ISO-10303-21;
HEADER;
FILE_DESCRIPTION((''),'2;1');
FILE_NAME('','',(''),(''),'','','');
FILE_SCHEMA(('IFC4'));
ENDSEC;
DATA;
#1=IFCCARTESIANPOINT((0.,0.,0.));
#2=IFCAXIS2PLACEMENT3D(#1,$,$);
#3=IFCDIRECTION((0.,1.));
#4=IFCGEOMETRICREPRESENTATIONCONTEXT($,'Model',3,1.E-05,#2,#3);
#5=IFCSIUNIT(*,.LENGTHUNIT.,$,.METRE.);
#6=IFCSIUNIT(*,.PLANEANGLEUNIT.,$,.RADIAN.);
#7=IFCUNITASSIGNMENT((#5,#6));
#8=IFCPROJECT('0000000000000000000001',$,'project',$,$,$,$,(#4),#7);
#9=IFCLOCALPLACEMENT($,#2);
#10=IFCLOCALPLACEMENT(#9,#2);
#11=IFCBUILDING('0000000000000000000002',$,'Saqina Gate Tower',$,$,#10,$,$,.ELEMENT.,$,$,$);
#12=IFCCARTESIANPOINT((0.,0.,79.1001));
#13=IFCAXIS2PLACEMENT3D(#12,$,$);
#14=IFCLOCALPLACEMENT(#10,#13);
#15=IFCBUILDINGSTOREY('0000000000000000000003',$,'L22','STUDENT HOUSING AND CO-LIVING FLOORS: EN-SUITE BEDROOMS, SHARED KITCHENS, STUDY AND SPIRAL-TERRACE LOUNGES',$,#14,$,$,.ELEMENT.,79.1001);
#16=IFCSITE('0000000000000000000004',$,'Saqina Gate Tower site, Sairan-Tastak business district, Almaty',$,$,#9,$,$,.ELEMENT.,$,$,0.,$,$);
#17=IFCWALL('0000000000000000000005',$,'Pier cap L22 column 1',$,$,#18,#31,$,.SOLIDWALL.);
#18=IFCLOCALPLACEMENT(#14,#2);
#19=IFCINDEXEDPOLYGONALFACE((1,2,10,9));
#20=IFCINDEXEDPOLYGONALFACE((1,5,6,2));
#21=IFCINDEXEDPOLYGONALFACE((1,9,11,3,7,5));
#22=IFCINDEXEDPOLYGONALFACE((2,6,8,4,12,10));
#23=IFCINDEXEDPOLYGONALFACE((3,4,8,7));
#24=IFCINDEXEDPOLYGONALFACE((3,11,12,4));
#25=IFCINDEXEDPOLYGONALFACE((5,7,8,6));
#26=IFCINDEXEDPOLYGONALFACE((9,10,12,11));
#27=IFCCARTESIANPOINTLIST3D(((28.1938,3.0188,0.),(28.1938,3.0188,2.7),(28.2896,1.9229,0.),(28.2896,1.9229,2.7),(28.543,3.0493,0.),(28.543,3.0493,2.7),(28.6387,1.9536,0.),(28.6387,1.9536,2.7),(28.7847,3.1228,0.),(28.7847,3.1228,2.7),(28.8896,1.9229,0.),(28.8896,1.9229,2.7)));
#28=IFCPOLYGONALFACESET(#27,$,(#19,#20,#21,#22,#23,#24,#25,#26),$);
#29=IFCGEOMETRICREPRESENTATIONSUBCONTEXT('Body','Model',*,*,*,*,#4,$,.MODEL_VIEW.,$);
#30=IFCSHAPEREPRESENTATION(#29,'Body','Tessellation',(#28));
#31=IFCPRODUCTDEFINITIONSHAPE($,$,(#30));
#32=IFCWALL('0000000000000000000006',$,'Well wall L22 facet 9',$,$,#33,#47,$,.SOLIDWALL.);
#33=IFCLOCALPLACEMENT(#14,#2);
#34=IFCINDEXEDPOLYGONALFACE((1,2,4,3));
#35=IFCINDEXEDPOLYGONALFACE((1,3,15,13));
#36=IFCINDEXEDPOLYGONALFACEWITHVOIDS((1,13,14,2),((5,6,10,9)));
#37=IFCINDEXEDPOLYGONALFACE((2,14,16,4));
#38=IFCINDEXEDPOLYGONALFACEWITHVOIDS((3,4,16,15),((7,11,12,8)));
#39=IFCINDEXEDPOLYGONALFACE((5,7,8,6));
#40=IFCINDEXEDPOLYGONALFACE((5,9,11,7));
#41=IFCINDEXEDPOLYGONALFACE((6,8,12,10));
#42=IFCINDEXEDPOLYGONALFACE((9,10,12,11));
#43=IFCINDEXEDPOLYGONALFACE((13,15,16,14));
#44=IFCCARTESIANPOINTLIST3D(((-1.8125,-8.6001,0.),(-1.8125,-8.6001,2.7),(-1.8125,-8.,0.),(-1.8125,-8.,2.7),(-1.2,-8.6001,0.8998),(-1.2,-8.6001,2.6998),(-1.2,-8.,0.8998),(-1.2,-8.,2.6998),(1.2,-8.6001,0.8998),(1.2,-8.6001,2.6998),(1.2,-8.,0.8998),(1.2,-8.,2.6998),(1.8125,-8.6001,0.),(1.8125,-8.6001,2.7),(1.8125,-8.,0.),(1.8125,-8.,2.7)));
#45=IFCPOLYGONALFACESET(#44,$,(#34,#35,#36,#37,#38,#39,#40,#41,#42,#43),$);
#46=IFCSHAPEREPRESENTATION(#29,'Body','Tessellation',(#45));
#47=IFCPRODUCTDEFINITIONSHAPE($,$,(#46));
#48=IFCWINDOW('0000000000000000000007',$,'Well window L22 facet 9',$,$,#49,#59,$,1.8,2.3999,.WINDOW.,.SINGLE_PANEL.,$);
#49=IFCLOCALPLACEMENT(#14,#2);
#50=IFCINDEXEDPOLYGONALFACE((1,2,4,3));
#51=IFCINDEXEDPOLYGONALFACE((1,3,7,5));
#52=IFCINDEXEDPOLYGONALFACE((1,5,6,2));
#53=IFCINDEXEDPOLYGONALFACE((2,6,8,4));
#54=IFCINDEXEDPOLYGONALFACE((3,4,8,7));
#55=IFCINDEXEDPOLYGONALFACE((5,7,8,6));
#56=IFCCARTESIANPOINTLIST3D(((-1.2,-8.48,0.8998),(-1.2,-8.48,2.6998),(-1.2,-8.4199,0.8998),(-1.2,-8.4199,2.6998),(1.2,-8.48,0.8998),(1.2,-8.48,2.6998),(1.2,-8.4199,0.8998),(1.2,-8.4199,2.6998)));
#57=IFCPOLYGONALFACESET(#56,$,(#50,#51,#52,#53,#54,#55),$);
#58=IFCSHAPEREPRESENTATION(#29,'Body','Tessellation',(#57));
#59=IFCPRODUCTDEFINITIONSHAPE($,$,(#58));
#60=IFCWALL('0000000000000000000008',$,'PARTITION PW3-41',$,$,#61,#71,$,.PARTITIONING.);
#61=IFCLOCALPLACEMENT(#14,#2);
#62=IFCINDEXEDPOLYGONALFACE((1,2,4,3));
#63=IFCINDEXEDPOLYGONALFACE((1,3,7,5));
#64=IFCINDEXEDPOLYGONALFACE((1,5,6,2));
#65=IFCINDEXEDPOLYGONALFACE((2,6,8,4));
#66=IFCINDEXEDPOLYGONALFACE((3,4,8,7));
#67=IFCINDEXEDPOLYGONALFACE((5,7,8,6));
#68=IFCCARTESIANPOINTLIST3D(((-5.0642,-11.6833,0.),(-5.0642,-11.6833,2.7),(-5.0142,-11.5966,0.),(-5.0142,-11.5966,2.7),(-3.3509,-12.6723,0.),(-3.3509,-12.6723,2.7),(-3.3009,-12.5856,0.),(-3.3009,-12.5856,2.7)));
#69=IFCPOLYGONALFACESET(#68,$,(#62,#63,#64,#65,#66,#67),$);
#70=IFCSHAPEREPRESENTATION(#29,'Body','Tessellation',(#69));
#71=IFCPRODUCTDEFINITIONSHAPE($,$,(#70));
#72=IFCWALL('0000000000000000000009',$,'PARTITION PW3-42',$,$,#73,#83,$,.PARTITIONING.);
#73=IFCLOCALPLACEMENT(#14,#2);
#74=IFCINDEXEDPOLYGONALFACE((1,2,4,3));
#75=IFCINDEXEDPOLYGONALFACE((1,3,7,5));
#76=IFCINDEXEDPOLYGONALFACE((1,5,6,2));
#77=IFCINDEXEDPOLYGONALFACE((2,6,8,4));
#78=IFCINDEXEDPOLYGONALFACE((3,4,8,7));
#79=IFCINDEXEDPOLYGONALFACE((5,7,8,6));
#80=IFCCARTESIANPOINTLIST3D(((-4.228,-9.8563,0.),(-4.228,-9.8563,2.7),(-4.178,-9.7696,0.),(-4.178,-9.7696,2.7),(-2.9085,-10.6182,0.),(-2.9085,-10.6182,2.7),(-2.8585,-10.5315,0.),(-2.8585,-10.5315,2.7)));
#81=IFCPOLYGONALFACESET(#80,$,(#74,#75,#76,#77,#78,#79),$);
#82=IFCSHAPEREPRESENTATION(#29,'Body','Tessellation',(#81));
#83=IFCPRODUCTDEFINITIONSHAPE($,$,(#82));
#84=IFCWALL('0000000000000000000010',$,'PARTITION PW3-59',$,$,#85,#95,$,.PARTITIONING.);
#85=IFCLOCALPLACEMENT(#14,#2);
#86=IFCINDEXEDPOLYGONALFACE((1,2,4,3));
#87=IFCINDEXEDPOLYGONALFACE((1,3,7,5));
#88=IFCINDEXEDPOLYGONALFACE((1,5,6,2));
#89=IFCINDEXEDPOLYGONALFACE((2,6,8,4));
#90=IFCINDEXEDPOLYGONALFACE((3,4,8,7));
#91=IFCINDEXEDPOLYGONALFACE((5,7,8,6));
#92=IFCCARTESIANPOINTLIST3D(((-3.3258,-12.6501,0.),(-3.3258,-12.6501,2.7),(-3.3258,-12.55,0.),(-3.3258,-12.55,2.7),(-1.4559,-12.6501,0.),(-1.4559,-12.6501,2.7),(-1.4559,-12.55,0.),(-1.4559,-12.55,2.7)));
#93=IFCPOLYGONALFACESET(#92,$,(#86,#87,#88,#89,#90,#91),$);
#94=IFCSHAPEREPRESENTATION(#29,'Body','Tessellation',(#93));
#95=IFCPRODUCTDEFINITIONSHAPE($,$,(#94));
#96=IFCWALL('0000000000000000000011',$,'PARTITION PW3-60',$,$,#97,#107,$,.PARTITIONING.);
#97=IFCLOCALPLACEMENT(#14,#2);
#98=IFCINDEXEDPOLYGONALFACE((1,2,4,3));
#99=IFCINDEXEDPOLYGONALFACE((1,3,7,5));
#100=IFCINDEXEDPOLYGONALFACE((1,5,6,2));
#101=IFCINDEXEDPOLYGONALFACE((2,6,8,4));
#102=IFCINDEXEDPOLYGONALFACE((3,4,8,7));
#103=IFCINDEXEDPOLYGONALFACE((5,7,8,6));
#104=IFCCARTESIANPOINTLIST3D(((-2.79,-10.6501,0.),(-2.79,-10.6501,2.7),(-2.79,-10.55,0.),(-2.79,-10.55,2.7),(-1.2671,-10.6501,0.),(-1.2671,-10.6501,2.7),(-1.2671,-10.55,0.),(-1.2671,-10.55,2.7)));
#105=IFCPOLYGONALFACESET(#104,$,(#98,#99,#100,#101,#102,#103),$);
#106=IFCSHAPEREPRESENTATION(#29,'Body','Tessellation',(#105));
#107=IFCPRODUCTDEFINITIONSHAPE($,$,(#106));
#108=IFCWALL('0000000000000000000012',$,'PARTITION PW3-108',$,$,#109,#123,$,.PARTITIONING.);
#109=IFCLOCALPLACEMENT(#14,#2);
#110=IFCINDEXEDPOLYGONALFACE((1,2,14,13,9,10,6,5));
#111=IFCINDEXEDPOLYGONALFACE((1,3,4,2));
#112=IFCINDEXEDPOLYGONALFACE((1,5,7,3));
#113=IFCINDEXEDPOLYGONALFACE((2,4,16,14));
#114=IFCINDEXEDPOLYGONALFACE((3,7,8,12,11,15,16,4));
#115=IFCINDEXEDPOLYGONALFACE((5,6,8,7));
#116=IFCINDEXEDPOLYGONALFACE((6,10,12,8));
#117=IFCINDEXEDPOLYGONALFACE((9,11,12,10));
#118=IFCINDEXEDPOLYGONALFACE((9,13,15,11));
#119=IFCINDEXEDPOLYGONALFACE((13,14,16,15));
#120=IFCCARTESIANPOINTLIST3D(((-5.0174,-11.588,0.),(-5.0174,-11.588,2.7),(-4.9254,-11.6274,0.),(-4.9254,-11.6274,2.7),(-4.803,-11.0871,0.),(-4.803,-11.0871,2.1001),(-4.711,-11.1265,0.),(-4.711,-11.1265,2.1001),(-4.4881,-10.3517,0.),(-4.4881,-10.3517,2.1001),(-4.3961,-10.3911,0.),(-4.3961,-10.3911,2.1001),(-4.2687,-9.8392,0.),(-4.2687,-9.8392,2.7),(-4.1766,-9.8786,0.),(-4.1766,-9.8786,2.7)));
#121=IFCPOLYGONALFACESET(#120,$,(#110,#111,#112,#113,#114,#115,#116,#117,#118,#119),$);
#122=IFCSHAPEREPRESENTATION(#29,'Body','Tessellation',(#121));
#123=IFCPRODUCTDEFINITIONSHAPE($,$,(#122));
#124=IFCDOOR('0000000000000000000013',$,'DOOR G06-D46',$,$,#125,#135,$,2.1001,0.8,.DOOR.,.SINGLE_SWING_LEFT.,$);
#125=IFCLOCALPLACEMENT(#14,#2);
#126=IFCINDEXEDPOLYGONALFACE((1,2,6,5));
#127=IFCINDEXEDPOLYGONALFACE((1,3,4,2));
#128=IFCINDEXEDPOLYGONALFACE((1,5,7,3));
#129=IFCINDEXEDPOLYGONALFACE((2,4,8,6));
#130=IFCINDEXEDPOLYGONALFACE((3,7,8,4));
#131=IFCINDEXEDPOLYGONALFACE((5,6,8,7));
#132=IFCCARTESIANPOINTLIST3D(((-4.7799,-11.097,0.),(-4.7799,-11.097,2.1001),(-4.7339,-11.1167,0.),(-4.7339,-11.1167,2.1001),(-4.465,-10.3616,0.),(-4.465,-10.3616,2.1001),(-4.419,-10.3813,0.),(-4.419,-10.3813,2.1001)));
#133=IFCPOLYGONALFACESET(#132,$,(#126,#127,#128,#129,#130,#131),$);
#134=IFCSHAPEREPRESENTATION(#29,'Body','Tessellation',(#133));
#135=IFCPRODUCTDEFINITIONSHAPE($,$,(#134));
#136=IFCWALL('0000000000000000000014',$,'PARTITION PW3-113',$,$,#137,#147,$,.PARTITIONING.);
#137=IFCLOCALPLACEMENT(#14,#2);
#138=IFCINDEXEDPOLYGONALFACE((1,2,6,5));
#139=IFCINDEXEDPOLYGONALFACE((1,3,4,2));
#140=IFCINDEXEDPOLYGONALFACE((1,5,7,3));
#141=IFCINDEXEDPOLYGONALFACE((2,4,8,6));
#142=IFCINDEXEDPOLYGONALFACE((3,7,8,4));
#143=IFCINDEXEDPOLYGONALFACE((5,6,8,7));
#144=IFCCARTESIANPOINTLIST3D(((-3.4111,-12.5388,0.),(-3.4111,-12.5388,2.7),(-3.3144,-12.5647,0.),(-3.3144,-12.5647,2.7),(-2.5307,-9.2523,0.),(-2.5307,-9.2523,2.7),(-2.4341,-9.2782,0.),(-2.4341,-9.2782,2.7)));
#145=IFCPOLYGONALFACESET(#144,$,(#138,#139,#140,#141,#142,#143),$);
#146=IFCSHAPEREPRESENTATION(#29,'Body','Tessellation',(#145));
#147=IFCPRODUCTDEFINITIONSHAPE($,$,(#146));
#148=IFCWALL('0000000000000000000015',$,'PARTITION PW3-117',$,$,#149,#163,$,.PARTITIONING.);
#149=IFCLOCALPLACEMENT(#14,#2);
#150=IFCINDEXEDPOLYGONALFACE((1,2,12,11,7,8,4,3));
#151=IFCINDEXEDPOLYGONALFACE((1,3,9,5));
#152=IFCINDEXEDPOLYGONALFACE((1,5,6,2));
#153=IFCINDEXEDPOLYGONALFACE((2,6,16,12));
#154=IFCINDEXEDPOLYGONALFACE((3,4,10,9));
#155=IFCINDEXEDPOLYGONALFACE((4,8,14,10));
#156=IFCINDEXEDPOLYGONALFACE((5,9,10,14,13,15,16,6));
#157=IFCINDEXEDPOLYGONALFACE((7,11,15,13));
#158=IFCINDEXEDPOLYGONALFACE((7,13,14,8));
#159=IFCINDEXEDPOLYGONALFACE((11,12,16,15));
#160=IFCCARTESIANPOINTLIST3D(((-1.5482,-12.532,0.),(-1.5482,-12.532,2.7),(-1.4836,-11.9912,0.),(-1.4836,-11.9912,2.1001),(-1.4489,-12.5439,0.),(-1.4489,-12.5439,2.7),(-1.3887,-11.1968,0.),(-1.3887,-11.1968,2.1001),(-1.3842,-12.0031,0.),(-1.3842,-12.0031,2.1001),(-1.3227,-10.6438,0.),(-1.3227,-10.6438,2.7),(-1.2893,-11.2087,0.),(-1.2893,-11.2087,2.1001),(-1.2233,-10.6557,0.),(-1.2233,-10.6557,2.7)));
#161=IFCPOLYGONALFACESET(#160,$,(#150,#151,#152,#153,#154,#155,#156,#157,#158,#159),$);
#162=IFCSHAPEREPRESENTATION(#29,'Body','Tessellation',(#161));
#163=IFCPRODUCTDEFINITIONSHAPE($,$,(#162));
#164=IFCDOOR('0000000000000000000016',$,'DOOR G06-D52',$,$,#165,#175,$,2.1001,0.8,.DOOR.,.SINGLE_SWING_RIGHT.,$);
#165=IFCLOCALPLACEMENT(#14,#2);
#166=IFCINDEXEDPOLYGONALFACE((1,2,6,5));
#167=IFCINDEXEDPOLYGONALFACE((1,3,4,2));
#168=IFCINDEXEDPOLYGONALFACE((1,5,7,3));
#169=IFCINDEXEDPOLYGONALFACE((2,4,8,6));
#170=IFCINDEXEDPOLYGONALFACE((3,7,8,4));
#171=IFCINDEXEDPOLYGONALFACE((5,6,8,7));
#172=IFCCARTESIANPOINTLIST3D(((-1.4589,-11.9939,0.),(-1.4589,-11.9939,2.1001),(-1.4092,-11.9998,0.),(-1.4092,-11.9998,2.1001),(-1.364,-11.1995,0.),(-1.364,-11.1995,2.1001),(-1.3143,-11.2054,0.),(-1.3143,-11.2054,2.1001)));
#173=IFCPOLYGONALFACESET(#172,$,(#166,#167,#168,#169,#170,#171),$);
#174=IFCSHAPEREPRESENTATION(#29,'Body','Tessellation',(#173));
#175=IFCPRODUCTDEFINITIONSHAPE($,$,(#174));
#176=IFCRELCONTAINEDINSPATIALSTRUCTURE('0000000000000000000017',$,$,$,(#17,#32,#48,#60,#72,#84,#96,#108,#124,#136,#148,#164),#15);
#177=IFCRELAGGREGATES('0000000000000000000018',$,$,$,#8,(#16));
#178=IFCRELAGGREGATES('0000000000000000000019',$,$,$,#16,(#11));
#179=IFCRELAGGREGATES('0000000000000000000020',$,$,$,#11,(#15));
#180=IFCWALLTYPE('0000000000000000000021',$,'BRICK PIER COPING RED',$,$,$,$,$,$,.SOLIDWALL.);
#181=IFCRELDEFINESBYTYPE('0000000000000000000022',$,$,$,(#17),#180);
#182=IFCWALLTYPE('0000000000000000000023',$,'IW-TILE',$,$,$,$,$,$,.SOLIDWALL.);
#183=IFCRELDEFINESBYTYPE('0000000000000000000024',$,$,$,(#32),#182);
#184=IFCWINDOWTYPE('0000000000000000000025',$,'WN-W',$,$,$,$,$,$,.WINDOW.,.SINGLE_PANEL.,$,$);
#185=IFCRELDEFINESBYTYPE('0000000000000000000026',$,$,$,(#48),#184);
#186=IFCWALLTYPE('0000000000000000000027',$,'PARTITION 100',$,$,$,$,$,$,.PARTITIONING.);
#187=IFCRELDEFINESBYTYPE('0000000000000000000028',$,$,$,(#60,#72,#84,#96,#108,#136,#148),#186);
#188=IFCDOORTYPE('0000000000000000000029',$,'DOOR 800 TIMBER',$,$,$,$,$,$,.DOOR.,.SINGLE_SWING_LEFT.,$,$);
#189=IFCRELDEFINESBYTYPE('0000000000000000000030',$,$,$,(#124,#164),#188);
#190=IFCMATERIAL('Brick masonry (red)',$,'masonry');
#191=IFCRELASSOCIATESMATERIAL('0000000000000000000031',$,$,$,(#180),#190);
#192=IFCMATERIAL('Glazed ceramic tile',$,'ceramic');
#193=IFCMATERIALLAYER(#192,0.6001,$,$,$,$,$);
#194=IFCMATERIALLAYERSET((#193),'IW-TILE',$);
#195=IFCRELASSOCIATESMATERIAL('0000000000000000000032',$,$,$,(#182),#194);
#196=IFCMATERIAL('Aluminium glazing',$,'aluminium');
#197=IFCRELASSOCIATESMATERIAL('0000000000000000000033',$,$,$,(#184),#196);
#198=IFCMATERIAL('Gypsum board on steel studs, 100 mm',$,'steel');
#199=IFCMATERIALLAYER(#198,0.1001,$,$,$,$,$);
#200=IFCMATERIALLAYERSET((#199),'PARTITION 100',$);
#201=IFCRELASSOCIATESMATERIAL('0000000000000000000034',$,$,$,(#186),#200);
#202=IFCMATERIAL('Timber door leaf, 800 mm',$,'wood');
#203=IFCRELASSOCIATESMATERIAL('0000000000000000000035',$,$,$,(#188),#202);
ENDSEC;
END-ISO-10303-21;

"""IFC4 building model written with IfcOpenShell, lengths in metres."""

from ifc_helpers import new_model, si_unit, direction, frame, frame_2d, origin, place, context, subcontext, project, spatial, polyline, rectangle, outline, extrude, material, layer, layer_set, type_object, element, fill, save


model = new_model("IFC4")

# Units and contexts
model_context = context("Model", 3, precision=1e-05, world=origin(), true_north=direction((0.0, 1.0)))
body_context = subcontext(model_context, "Body", "Model", "MODEL_VIEW")
ifc_project = project(units=[si_unit("LENGTHUNIT", "METRE"), si_unit("PLANEANGLEUNIT", "RADIAN")], contexts=[model_context])

# Site, building, storey
site_placement = place(None, origin())
site = spatial("IfcSite", under=ifc_project, at=site_placement, Name="Saqina Gate Tower site, Sairan-Tastak business district, Almaty", CompositionType="ELEMENT", RefElevation=0.0)
building_placement = place(site_placement, origin())
building = spatial("IfcBuilding", under=site, at=building_placement, Name="Saqina Gate Tower", CompositionType="ELEMENT")
storey_placement = place(building_placement, frame((0.0, 0.0, 79.1001)))
storey = spatial("IfcBuildingStorey", under=building, at=storey_placement, Name="L22", Description="STUDENT HOUSING AND CO-LIVING FLOORS: EN-SUITE BEDROOMS, SHARED KITCHENS, STUDY AND SPIRAL-TERRACE LOUNGES", CompositionType="ELEMENT", Elevation=79.1001)

# Wall
ifc_material_1 = material(Name="Brick masonry (red)", Category="masonry")
wall_type_1 = type_object("IfcWallType", Name="BRICK PIER COPING RED", PredefinedType="SOLIDWALL", material=ifc_material_1)
wall_1_placement = place(storey_placement, origin())
element("IfcWall", 1, at=wall_1_placement, inside=storey, type_object=wall_type_1, Name="Pier cap L22 column 1", PredefinedType="SOLIDWALL", context=body_context, shape_type="SweptSolid", body=[
    extrude(outline(polyline([(28.8896, 1.9229), (28.7847, 3.1228), (28.1938, 3.0188), (28.543, 3.0493), (28.6387, 1.9536), (28.2896, 1.9229), (28.8896, 1.9229)])), origin(), (0.0, 0.0, 1.0), 2.7),
])

# Wall, opening, window
ifc_material_2 = material(Name="Glazed ceramic tile", Category="ceramic")
ifc_layer_1 = layer(ifc_material_2, 0.6001)
ifc_layer_set_1 = layer_set([ifc_layer_1], Name="IW-TILE")
wall_type_2 = type_object("IfcWallType", Name="IW-TILE", PredefinedType="SOLIDWALL", material=ifc_layer_set_1)
wall_2_placement = place(storey_placement, frame((-1.8125, -8.3, 0.0), z_axis=(0.0, 0.0, 1.0), x_axis=(1.0, 0.0, 0.0)))
wall_2 = element("IfcWall", 2, at=wall_2_placement, inside=storey, type_object=wall_type_2, Name="Well wall L22 facet 9", PredefinedType="SOLIDWALL", context=body_context, shape_type="SweptSolid", body=[
    extrude(rectangle(XDim=3.625, YDim=0.6001, at=frame_2d((1.8125, 0.0))), origin(), (0.0, 0.0, 1.0), 2.7),
])
opening_1_placement = place(wall_2_placement, frame((0.6125, 0.0, 0.8999)))
opening_1 = element("IfcOpeningElement", 3, at=opening_1_placement, cuts=wall_2, PredefinedType="OPENING", context=body_context, shape_type="SweptSolid", body=[
    extrude(rectangle(XDim=2.3999, YDim=1.8, at=frame_2d((1.2, 0.8999))), frame((0.0, 0.312, 0.0), z_axis=(0.0, -1.0, 0.0), x_axis=(1.0, 0.0, 0.0)), (0.0, 0.0, 1.0), 0.624),
])
ifc_material_3 = material(Name="Aluminium glazing", Category="aluminium")
window_type = type_object("IfcWindowType", Name="WN-W", PartitioningType="SINGLE_PANEL", PredefinedType="WINDOW", material=ifc_material_3)
window_placement = place(opening_1_placement, origin())
window = element("IfcWindow", 4, at=window_placement, inside=storey, type_object=window_type, Name="Well window L22 facet 9", OverallHeight=1.8, OverallWidth=2.3999, PartitioningType="SINGLE_PANEL", PredefinedType="WINDOW", context=body_context, shape_type="SweptSolid", body=[
    extrude(rectangle(XDim=2.3999, YDim=1.8, at=frame_2d((1.2, 0.8999))), frame((0.0, -0.1199, 0.0), z_axis=(0.0, -1.0, 0.0), x_axis=(1.0, 0.0, 0.0)), (0.0, 0.0, 1.0), 0.0601),
])
fill(opening_1, window)

# Walls
ifc_material_4 = material(Name="Gypsum board on steel studs, 100 mm", Category="steel")
ifc_layer_2 = layer(ifc_material_4, 0.1001)
ifc_layer_set_2 = layer_set([ifc_layer_2], Name="PARTITION 100")
wall_type_3 = type_object("IfcWallType", Name="PARTITION 100", PredefinedType="PARTITIONING", material=ifc_layer_set_2)
wall_3_placement = place(storey_placement, frame((-5.0393, -11.6399, 0.0), z_axis=(0.0, 0.0, 1.0), x_axis=(0.866071, -0.499922, 0.0)))
element("IfcWall", 5, at=wall_3_placement, inside=storey, type_object=wall_type_3, Name="PARTITION PW3-41", PredefinedType="PARTITIONING", context=body_context, shape_type="SweptSolid", body=[
    extrude(rectangle(XDim=1.9783, YDim=0.1001, at=frame_2d((0.9893, 0.0))), origin(), (0.0, 0.0, 1.0), 2.7),
])
wall_4_placement = place(storey_placement, frame((-4.2029, -9.813, 0.0), z_axis=(0.0, 0.0, 1.0), x_axis=(0.865996, -0.500051, 0.0)))
element("IfcWall", 6, at=wall_4_placement, inside=storey, type_object=wall_type_3, Name="PARTITION PW3-42", PredefinedType="PARTITIONING", context=body_context, shape_type="SweptSolid", body=[
    extrude(rectangle(XDim=1.5237, YDim=0.1001, at=frame_2d((0.7617, 0.0))), origin(), (0.0, 0.0, 1.0), 2.7),
])
wall_5_placement = place(storey_placement, frame((-3.3259, -12.6001, 0.0), z_axis=(0.0, 0.0, 1.0), x_axis=(1.0, 0.0, 0.0)))
element("IfcWall", 7, at=wall_5_placement, inside=storey, type_object=wall_type_3, Name="PARTITION PW3-59", PredefinedType="PARTITIONING", context=body_context, shape_type="SweptSolid", body=[
    extrude(rectangle(XDim=1.8699, YDim=0.1001, at=frame_2d((0.9351, 0.0))), origin(), (0.0, 0.0, 1.0), 2.7),
])
wall_6_placement = place(storey_placement, frame((-2.79, -10.6001, 0.0), z_axis=(0.0, 0.0, 1.0), x_axis=(1.0, 0.0, 0.0)))
element("IfcWall", 8, at=wall_6_placement, inside=storey, type_object=wall_type_3, Name="PARTITION PW3-60", PredefinedType="PARTITIONING", context=body_context, shape_type="SweptSolid", body=[
    extrude(rectangle(XDim=1.5229, YDim=0.1001, at=frame_2d((0.7615, 0.0))), origin(), (0.0, 0.0, 1.0), 2.7),
])

# Wall, opening, door
wall_7_placement = place(storey_placement, frame((-4.9714, -11.6077, 0.0), z_axis=(0.0, 0.0, 1.0), x_axis=(0.393609, 0.919278, 0.0)))
wall_7 = element("IfcWall", 9, at=wall_7_placement, inside=storey, type_object=wall_type_3, Name="PARTITION PW3-108", PredefinedType="PARTITIONING", context=body_context, shape_type="SweptSolid", body=[
    extrude(rectangle(XDim=1.9023, YDim=0.1001, at=frame_2d((0.9512, 0.0))), origin(), (0.0, 0.0, 1.0), 2.7),
])
opening_2_placement = place(wall_7_placement, frame((0.5449, 0.0, 0.0)))
opening_2 = element("IfcOpeningElement", 10, at=opening_2_placement, cuts=wall_7, PredefinedType="OPENING", context=body_context, shape_type="SweptSolid", body=[
    extrude(rectangle(XDim=0.8, YDim=2.1001, at=frame_2d((0.3999, 1.05))), frame((0.0, 0.062, 0.0), z_axis=(0.0, -1.0, 0.0), x_axis=(1.0, 0.0, 0.0)), (0.0, 0.0, 1.0), 0.124),
])
ifc_material_5 = material(Name="Timber door leaf, 800 mm", Category="wood")
door_type_1 = type_object("IfcDoorType", Name="DOOR 800 TIMBER", OperationType="SINGLE_SWING_LEFT", PredefinedType="DOOR", material=ifc_material_5)
door_1_placement = place(opening_2_placement, origin())
door_1 = element("IfcDoor", 11, at=door_1_placement, inside=storey, type_object=door_type_1, Name="DOOR G06-D46", OperationType="SINGLE_SWING_LEFT", OverallHeight=2.1001, OverallWidth=0.8, PredefinedType="DOOR", context=body_context, shape_type="SweptSolid", body=[
    extrude(rectangle(XDim=0.8, YDim=2.1001, at=frame_2d((0.3999, 1.05))), frame((0.0, 0.0249, 0.0), z_axis=(0.0, -1.0, 0.0), x_axis=(1.0, 0.0, 0.0)), (0.0, 0.0, 1.0), 0.05),
])
fill(opening_2, door_1)

# Wall
wall_8_placement = place(storey_placement, frame((-3.3628, -12.5518, 0.0), z_axis=(0.0, 0.0, 1.0), x_axis=(0.258761, 0.965941, 0.0)))
element("IfcWall", 12, at=wall_8_placement, inside=storey, type_object=wall_type_3, Name="PARTITION PW3-113", PredefinedType="PARTITIONING", context=body_context, shape_type="SweptSolid", body=[
    extrude(rectangle(XDim=3.4023, YDim=0.1001, at=frame_2d((1.7012, 0.0))), origin(), (0.0, 0.0, 1.0), 2.7),
])

# Wall, opening, door
wall_9_placement = place(storey_placement, frame((-1.4985, -12.5378, 0.0), z_axis=(0.0, 0.0, 1.0), x_axis=(0.118629, 0.992939, 0.0)))
wall_9 = element("IfcWall", 13, at=wall_9_placement, inside=storey, type_object=wall_type_3, Name="PARTITION PW3-117", PredefinedType="PARTITIONING", context=body_context, shape_type="SweptSolid", body=[
    extrude(rectangle(XDim=1.9016, YDim=0.1001, at=frame_2d((0.9507, 0.0))), origin(), (0.0, 0.0, 1.0), 2.7),
])
opening_3_placement = place(wall_9_placement, frame((0.5447, 0.0, 0.0)))
opening_3 = element("IfcOpeningElement", 14, at=opening_3_placement, cuts=wall_9, PredefinedType="OPENING", context=body_context, shape_type="SweptSolid", body=[
    extrude(rectangle(XDim=0.8, YDim=2.1001, at=frame_2d((0.3999, 1.05))), frame((0.0, 0.062, 0.0), z_axis=(0.0, -1.0, 0.0), x_axis=(1.0, 0.0, 0.0)), (0.0, 0.0, 1.0), 0.124),
])
door_2_placement = place(opening_3_placement, frame((0.8, 0.0, 0.0), z_axis=(0.0, 0.0, 1.0), x_axis=(-1.0, 0.0, 0.0)))
door_2 = element("IfcDoor", 15, at=door_2_placement, inside=storey, type_object=door_type_1, Name="DOOR G06-D52", OperationType="SINGLE_SWING_RIGHT", OverallHeight=2.1001, OverallWidth=0.8, PredefinedType="DOOR", context=body_context, shape_type="SweptSolid", body=[
    extrude(rectangle(XDim=0.8, YDim=2.1001, at=frame_2d((0.3999, 1.05))), frame((0.0, 0.0249, 0.0), z_axis=(0.0, -1.0, 0.0), x_axis=(1.0, 0.0, 0.0)), (0.0, 0.0, 1.0), 0.05),
])
fill(opening_3, door_2)

save(model, "model.ifc")
